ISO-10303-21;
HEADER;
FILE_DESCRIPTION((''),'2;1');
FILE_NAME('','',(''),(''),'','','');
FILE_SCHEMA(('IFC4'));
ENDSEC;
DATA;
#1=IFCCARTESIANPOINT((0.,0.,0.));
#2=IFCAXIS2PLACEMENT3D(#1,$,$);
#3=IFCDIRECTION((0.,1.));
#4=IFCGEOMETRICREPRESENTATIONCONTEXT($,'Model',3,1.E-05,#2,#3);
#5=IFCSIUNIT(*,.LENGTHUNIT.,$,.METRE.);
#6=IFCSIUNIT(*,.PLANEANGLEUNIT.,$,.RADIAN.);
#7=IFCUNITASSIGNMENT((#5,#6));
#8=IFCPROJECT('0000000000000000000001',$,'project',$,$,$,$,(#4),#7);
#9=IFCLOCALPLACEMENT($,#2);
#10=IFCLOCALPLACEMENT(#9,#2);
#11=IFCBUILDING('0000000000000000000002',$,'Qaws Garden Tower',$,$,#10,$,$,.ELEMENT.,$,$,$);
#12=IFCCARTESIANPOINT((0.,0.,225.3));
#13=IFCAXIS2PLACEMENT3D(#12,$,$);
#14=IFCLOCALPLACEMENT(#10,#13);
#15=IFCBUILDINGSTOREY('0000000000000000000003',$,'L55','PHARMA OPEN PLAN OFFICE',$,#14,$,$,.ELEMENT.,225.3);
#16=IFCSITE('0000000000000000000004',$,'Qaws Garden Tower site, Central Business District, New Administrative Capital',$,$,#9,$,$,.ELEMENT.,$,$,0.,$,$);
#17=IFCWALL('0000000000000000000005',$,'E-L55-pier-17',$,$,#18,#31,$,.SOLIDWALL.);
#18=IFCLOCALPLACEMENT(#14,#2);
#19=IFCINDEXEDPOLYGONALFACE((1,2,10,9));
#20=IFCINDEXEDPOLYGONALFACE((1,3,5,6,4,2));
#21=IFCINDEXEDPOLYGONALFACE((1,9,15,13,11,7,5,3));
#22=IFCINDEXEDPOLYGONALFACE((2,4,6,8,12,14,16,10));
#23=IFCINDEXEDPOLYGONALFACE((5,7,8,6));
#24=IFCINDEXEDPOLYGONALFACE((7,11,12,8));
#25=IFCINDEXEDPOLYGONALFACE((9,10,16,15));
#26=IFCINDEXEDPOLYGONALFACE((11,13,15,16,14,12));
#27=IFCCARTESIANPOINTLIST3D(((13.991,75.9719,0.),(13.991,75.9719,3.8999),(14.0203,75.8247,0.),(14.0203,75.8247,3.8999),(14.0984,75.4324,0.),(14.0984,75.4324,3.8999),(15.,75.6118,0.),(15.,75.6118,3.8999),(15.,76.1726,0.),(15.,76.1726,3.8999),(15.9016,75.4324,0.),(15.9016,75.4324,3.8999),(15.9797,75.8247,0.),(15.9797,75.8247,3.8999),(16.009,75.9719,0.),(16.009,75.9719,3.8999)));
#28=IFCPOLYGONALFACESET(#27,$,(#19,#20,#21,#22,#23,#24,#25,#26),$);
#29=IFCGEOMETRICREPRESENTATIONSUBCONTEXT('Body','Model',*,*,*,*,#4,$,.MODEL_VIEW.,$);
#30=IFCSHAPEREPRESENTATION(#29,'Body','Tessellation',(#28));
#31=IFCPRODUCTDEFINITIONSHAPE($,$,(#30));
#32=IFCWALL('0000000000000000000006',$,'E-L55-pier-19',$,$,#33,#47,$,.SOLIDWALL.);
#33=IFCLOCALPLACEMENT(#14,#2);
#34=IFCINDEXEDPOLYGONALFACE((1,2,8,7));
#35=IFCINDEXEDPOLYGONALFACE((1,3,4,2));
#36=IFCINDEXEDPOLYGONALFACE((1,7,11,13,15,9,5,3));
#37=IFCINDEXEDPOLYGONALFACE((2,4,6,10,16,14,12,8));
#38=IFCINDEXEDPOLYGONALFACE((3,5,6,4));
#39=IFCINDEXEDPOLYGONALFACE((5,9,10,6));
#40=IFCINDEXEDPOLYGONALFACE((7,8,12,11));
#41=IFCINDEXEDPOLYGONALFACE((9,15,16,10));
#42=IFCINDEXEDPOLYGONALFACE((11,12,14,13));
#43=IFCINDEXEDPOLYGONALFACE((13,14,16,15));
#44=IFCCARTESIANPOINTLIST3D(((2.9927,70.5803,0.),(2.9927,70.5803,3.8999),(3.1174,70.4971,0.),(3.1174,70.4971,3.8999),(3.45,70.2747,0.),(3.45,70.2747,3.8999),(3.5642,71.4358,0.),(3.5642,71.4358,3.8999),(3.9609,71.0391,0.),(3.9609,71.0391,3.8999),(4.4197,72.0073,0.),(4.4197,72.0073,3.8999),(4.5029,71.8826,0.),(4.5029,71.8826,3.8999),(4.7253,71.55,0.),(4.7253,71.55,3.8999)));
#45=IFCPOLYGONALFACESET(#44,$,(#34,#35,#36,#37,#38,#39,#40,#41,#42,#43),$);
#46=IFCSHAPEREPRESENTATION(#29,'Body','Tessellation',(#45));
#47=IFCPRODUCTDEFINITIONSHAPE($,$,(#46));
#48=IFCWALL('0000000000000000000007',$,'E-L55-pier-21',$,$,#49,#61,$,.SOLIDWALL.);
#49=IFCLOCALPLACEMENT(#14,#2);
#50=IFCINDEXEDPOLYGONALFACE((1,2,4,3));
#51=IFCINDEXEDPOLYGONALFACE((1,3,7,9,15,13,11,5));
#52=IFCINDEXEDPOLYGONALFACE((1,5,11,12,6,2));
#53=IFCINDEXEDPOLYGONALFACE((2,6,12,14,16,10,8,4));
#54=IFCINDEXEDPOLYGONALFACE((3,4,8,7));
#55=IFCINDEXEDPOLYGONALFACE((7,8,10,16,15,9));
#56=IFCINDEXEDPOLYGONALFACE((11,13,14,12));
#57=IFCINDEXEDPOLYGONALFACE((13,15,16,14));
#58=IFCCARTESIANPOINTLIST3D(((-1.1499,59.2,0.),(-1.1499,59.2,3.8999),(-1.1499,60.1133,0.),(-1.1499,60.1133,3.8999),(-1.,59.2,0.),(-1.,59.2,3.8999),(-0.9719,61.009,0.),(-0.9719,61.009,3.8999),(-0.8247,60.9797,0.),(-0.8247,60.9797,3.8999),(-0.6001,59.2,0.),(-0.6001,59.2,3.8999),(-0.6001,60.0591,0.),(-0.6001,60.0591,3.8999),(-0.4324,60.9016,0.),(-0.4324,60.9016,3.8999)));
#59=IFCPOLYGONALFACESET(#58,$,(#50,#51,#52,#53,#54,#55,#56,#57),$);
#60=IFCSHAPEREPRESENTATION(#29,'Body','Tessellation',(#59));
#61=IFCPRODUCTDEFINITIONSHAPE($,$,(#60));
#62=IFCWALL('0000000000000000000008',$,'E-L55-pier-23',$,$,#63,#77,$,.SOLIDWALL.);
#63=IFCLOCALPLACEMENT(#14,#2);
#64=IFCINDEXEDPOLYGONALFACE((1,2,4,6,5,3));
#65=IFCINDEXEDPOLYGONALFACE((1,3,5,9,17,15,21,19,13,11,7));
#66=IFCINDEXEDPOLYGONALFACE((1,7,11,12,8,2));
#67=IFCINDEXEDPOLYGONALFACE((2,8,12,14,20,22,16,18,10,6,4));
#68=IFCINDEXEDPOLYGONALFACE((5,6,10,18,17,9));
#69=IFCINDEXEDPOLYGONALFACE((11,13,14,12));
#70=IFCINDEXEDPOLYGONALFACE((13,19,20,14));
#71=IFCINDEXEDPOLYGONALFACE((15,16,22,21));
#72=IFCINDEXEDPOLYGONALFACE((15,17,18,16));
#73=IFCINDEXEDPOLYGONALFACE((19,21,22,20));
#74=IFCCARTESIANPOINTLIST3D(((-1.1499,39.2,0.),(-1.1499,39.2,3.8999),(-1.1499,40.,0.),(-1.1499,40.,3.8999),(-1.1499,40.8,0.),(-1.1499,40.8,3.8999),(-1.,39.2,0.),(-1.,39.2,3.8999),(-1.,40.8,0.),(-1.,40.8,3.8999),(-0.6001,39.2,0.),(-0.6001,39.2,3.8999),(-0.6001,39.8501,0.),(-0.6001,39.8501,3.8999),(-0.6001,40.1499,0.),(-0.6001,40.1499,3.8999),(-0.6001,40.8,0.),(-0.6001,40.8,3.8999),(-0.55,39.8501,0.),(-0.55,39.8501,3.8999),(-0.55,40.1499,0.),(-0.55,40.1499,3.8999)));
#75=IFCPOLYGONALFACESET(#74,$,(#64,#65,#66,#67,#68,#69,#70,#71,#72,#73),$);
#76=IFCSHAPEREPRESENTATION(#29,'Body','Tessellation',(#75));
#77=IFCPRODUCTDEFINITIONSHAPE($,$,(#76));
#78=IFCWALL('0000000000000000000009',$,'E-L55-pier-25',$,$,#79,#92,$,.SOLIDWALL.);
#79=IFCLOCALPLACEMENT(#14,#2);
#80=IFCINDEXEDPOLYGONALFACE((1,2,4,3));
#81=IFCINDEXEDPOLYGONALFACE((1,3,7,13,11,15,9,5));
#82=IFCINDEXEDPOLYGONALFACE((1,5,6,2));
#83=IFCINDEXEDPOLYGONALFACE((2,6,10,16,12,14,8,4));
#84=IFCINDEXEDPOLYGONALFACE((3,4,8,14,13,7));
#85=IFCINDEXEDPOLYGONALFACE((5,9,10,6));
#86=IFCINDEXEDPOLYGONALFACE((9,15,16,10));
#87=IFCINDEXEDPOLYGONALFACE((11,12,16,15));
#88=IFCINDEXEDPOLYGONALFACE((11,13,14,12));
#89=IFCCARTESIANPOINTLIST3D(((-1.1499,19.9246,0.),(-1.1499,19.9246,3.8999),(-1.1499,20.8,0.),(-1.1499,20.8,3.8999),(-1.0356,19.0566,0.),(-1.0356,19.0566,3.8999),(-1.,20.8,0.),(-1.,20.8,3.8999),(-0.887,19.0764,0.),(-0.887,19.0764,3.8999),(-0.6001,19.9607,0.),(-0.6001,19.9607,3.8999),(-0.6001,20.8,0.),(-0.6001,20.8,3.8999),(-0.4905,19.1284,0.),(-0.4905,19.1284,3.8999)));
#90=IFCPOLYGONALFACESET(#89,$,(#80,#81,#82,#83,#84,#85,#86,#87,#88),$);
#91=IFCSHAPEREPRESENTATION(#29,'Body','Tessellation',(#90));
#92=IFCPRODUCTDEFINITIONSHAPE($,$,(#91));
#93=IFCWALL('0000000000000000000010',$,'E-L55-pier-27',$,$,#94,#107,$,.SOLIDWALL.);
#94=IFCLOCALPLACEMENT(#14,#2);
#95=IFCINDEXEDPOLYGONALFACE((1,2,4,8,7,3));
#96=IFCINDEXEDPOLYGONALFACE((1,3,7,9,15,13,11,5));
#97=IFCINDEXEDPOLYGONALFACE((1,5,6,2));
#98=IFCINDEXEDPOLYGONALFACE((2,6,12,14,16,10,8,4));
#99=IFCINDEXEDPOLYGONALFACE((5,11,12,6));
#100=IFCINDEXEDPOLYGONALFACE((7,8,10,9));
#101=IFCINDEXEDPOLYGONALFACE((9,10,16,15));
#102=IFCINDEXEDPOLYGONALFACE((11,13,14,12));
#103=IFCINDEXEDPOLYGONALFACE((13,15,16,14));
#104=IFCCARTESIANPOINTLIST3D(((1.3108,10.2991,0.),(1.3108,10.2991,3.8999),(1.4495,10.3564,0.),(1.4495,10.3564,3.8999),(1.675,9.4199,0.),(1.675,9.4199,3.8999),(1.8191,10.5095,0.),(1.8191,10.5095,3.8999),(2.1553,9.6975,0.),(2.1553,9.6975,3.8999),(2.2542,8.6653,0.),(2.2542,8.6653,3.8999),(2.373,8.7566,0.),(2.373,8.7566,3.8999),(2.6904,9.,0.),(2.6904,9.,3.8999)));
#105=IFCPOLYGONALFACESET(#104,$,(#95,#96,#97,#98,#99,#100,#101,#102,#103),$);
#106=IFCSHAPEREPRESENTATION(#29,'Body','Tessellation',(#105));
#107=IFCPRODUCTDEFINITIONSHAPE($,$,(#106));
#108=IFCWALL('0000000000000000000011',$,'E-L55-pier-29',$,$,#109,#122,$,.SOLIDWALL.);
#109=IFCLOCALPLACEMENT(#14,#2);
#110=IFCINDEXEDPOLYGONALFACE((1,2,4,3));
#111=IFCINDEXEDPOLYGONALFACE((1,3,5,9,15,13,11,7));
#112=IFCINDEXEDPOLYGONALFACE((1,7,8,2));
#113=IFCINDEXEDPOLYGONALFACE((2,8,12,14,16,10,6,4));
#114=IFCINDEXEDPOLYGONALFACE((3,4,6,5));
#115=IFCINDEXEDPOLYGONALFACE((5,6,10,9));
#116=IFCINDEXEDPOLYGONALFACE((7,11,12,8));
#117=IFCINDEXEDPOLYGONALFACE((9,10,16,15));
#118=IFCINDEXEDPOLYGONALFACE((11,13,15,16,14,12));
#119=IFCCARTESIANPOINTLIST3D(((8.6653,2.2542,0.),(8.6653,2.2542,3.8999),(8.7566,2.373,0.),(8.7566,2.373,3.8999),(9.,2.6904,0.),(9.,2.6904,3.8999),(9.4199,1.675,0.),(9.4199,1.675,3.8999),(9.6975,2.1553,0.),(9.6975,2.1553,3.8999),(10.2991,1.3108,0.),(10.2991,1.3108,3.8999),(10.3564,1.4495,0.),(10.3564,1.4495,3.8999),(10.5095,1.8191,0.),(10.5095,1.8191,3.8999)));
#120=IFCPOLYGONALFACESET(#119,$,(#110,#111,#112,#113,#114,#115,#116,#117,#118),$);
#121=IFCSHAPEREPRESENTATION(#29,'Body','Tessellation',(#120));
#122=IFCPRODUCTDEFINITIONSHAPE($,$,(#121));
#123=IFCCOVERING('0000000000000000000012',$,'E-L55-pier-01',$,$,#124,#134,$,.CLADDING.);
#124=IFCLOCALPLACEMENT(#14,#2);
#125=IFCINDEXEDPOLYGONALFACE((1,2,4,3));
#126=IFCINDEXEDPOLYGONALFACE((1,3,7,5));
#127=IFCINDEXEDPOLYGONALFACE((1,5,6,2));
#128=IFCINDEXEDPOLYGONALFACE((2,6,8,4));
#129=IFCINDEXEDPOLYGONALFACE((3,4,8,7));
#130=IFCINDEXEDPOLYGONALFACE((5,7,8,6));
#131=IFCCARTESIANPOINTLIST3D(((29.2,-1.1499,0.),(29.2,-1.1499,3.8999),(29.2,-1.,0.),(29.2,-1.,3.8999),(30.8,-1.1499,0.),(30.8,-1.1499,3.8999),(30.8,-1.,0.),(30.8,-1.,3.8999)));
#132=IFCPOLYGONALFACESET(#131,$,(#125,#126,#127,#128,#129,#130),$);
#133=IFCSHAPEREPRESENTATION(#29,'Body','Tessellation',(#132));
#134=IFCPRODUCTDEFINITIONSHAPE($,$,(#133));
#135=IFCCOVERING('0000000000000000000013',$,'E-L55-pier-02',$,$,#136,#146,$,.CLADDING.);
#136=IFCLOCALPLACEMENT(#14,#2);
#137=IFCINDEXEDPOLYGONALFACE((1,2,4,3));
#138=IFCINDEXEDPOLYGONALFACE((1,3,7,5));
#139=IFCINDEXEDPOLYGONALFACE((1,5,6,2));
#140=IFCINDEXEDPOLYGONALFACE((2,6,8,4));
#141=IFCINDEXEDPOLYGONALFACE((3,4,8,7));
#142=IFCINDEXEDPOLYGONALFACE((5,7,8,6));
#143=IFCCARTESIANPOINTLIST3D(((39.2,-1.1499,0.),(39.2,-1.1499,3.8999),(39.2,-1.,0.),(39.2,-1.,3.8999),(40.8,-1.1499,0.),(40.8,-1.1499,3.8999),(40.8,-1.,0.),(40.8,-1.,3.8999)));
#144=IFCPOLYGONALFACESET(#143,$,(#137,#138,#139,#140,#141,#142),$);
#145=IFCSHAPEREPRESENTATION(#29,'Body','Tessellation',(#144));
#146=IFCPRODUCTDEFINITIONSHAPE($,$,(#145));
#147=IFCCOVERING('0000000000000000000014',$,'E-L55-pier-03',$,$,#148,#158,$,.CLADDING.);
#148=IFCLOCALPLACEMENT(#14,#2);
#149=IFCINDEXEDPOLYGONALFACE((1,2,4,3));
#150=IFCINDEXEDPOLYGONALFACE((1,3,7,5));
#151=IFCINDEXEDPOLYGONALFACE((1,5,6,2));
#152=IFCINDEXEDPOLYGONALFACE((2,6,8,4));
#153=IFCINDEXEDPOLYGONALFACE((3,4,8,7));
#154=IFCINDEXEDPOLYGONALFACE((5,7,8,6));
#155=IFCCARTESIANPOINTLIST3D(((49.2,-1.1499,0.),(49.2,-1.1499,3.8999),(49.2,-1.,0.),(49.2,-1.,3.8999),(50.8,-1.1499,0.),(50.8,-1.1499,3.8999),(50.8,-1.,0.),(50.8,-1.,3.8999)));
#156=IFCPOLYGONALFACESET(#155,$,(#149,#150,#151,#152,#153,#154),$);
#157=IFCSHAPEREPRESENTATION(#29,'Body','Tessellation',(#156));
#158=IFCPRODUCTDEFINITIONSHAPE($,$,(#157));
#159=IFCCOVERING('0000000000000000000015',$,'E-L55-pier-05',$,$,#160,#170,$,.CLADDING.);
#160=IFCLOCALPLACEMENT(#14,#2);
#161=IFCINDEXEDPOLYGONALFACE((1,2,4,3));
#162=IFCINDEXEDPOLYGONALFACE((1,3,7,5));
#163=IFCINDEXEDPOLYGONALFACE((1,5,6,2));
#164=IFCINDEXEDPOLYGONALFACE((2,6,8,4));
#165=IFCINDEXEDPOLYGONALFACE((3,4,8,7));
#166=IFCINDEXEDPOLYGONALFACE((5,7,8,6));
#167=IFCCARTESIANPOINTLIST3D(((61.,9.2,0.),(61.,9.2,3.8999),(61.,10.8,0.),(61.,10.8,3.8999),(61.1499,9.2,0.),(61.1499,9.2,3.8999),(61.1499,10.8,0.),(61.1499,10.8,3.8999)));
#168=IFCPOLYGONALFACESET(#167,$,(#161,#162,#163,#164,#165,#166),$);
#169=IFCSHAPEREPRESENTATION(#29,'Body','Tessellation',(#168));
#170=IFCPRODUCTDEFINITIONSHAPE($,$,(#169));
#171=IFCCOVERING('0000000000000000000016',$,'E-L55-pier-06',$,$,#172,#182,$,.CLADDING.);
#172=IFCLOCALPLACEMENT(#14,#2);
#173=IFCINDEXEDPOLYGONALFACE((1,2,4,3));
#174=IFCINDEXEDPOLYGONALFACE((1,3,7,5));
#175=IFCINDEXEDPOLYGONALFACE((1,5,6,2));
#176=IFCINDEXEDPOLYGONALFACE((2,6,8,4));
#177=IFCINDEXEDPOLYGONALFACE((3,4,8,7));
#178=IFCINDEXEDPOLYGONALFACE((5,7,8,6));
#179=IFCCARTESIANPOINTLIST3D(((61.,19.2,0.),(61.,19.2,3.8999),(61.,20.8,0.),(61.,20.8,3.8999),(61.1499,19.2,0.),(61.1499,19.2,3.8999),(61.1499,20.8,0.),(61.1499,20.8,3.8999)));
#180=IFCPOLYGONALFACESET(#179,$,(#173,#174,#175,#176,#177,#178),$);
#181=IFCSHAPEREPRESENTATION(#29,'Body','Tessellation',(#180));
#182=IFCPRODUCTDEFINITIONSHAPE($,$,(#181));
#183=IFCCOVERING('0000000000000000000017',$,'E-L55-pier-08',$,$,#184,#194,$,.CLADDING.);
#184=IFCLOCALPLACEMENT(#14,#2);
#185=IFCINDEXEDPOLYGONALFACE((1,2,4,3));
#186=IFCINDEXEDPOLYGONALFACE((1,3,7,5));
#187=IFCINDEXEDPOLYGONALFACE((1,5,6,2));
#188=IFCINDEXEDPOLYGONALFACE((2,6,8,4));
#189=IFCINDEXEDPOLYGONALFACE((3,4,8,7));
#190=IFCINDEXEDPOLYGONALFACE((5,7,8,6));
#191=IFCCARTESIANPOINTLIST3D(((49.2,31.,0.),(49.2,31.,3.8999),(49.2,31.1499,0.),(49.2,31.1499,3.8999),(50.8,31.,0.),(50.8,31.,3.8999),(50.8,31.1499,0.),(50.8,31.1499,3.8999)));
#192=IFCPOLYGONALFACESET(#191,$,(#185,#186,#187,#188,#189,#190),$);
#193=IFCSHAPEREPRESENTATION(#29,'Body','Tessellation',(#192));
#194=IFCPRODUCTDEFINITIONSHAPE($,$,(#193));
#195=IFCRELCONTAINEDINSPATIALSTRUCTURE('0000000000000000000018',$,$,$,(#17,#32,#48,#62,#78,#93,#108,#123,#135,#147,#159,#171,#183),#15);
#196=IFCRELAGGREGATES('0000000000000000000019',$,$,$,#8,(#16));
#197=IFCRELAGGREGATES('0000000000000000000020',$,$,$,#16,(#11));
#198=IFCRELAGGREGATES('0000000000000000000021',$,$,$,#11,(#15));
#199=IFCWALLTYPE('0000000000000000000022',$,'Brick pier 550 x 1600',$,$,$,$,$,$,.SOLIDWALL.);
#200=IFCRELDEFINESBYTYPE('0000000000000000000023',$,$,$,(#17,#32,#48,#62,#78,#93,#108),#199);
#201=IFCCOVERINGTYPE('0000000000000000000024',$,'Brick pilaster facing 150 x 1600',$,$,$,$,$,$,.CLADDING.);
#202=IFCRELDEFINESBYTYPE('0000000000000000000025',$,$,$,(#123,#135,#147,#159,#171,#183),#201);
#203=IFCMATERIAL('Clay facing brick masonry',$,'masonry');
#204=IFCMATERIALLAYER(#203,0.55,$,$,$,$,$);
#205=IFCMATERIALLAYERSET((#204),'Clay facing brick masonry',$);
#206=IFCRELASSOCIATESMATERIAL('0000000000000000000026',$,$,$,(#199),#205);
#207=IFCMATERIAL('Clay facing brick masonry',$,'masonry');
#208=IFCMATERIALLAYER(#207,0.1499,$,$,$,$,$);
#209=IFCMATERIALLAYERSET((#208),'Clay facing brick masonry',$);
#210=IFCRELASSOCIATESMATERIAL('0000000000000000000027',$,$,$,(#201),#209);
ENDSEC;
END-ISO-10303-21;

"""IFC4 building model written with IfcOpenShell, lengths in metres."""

from ifc_helpers import new_model, si_unit, direction, frame, origin, place, context, subcontext, project, spatial, polyline, outline, extrude, material, layer, layer_set, type_object, element, save


model = new_model("IFC4")

# Units and contexts
model_context = context("Model", 3, precision=1e-05, world=origin(), true_north=direction((0.0, 1.0)))
body_context = subcontext(model_context, "Body", "Model", "MODEL_VIEW")
ifc_project = project(units=[si_unit("LENGTHUNIT", "METRE"), si_unit("PLANEANGLEUNIT", "RADIAN")], contexts=[model_context])

# Site, building, storey
site_placement = place(None, origin())
site = spatial("IfcSite", under=ifc_project, at=site_placement, Name="Qaws Garden Tower site, Central Business District, New Administrative Capital", CompositionType="ELEMENT", RefElevation=0.0)
building_placement = place(site_placement, origin())
building = spatial("IfcBuilding", under=site, at=building_placement, Name="Qaws Garden Tower", CompositionType="ELEMENT")
storey_placement = place(building_placement, frame((0.0, 0.0, 225.3)))
storey = spatial("IfcBuildingStorey", under=building, at=storey_placement, Name="L55", Description="PHARMA OPEN PLAN OFFICE", CompositionType="ELEMENT", Elevation=225.3)

# Walls
placement = place(storey_placement, origin())
ifc_material_1 = material(Name="Clay facing brick masonry", Category="masonry")
ifc_layer_1 = layer(ifc_material_1, 0.55)
ifc_layer_set_1 = layer_set([ifc_layer_1], Name="Clay facing brick masonry")
wall_type_1 = type_object("IfcWallType", Name="Brick pier 550 x 1600", PredefinedType="SOLIDWALL", material=ifc_layer_set_1)
element("IfcWall", 1, at=placement, inside=storey, type_object=wall_type_1, Name="E-L55-pier-17", PredefinedType="SOLIDWALL", context=body_context, shape_type="SweptSolid", body=[
    extrude(outline(polyline([(15.9797, 75.8247), (16.009, 75.9719), (15.0, 76.1726), (13.991, 75.9719), (14.0203, 75.8247), (14.0984, 75.4324), (15.0, 75.6118), (15.9016, 75.4324), (15.9797, 75.8247)])), origin(), (0.0, 0.0, 1.0), 3.8999),
])
element("IfcWall", 2, at=placement, inside=storey, type_object=wall_type_1, Name="E-L55-pier-19", PredefinedType="SOLIDWALL", context=body_context, shape_type="SweptSolid", body=[
    extrude(outline(polyline([(4.5029, 71.8826), (4.4197, 72.0073), (3.5642, 71.4358), (2.9927, 70.5803), (3.1174, 70.4971), (3.45, 70.2747), (3.9609, 71.0391), (4.7253, 71.55), (4.5029, 71.8826)])), origin(), (0.0, 0.0, 1.0), 3.8999),
])
element("IfcWall", 3, at=placement, inside=storey, type_object=wall_type_1, Name="E-L55-pier-21", PredefinedType="SOLIDWALL", context=body_context, shape_type="SweptSolid", body=[
    extrude(outline(polyline([(-0.8247, 60.9797), (-0.9719, 61.009), (-1.1499, 60.1133), (-1.1499, 59.2), (-1.0, 59.2), (-0.6001, 59.2), (-0.6001, 60.0591), (-0.4324, 60.9016), (-0.8247, 60.9797)])), origin(), (0.0, 0.0, 1.0), 3.8999),
])
element("IfcWall", 4, at=placement, inside=storey, type_object=wall_type_1, Name="E-L55-pier-23", PredefinedType="SOLIDWALL", context=body_context, shape_type="SweptSolid", body=[
    extrude(outline(polyline([(-0.6001, 39.2), (-0.6001, 39.8501), (-0.55, 39.8501), (-0.55, 40.1499), (-0.6001, 40.1499), (-0.6001, 40.8), (-1.0, 40.8), (-1.1499, 40.8), (-1.1499, 40.0), (-1.1499, 39.2), (-1.0, 39.2), (-0.6001, 39.2)])), origin(), (0.0, 0.0, 1.0), 3.8999),
])
element("IfcWall", 5, at=placement, inside=storey, type_object=wall_type_1, Name="E-L55-pier-25", PredefinedType="SOLIDWALL", context=body_context, shape_type="SweptSolid", body=[
    extrude(outline(polyline([(-1.0, 20.8), (-1.1499, 20.8), (-1.1499, 19.9246), (-1.0356, 19.0566), (-0.887, 19.0764), (-0.4905, 19.1284), (-0.6001, 19.9607), (-0.6001, 20.8), (-1.0, 20.8)])), origin(), (0.0, 0.0, 1.0), 3.8999),
])
element("IfcWall", 6, at=placement, inside=storey, type_object=wall_type_1, Name="E-L55-pier-27", PredefinedType="SOLIDWALL", context=body_context, shape_type="SweptSolid", body=[
    extrude(outline(polyline([(1.4495, 10.3564), (1.3108, 10.2991), (1.675, 9.4199), (2.2542, 8.6653), (2.373, 8.7566), (2.6904, 9.0), (2.1553, 9.6975), (1.8191, 10.5095), (1.4495, 10.3564)])), origin(), (0.0, 0.0, 1.0), 3.8999),
])
element("IfcWall", 7, at=placement, inside=storey, type_object=wall_type_1, Name="E-L55-pier-29", PredefinedType="SOLIDWALL", context=body_context, shape_type="SweptSolid", body=[
    extrude(outline(polyline([(8.7566, 2.373), (8.6653, 2.2542), (9.4199, 1.675), (10.2991, 1.3108), (10.3564, 1.4495), (10.5095, 1.8191), (9.6975, 2.1553), (9.0, 2.6904), (8.7566, 2.373)])), origin(), (0.0, 0.0, 1.0), 3.8999),
])

# Coverings
ifc_material_2 = material(Name="Clay facing brick masonry", Category="masonry")
ifc_layer_2 = layer(ifc_material_2, 0.1499)
ifc_layer_set_2 = layer_set([ifc_layer_2], Name="Clay facing brick masonry")
covering_type = type_object("IfcCoveringType", Name="Brick pilaster facing 150 x 1600", PredefinedType="CLADDING", material=ifc_layer_set_2)
element("IfcCovering", 8, at=placement, inside=storey, type_object=covering_type, Name="E-L55-pier-01", PredefinedType="CLADDING", context=body_context, shape_type="SweptSolid", body=[
    extrude(outline(polyline([(29.2, -1.0), (30.8, -1.0), (30.8, -1.1499), (29.2, -1.1499), (29.2, -1.0)])), origin(), (0.0, 0.0, 1.0), 3.8999),
])
element("IfcCovering", 9, at=placement, inside=storey, type_object=covering_type, Name="E-L55-pier-02", PredefinedType="CLADDING", context=body_context, shape_type="SweptSolid", body=[
    extrude(outline(polyline([(39.2, -1.0), (40.8, -1.0), (40.8, -1.1499), (39.2, -1.1499), (39.2, -1.0)])), origin(), (0.0, 0.0, 1.0), 3.8999),
])
element("IfcCovering", 10, at=placement, inside=storey, type_object=covering_type, Name="E-L55-pier-03", PredefinedType="CLADDING", context=body_context, shape_type="SweptSolid", body=[
    extrude(outline(polyline([(49.2, -1.0), (50.8, -1.0), (50.8, -1.1499), (49.2, -1.1499), (49.2, -1.0)])), origin(), (0.0, 0.0, 1.0), 3.8999),
])
element("IfcCovering", 11, at=placement, inside=storey, type_object=covering_type, Name="E-L55-pier-05", PredefinedType="CLADDING", context=body_context, shape_type="SweptSolid", body=[
    extrude(outline(polyline([(61.0, 9.2), (61.0, 10.8), (61.1499, 10.8), (61.1499, 9.2), (61.0, 9.2)])), origin(), (0.0, 0.0, 1.0), 3.8999),
])
element("IfcCovering", 12, at=placement, inside=storey, type_object=covering_type, Name="E-L55-pier-06", PredefinedType="CLADDING", context=body_context, shape_type="SweptSolid", body=[
    extrude(outline(polyline([(61.0, 19.2), (61.0, 20.8), (61.1499, 20.8), (61.1499, 19.2), (61.0, 19.2)])), origin(), (0.0, 0.0, 1.0), 3.8999),
])
element("IfcCovering", 13, at=placement, inside=storey, type_object=covering_type, Name="E-L55-pier-08", PredefinedType="CLADDING", context=body_context, shape_type="SweptSolid", body=[
    extrude(outline(polyline([(50.8, 31.0), (49.2, 31.0), (49.2, 31.1499), (50.8, 31.1499), (50.8, 31.0)])), origin(), (0.0, 0.0, 1.0), 3.8999),
])

save(model, "model.ifc")
